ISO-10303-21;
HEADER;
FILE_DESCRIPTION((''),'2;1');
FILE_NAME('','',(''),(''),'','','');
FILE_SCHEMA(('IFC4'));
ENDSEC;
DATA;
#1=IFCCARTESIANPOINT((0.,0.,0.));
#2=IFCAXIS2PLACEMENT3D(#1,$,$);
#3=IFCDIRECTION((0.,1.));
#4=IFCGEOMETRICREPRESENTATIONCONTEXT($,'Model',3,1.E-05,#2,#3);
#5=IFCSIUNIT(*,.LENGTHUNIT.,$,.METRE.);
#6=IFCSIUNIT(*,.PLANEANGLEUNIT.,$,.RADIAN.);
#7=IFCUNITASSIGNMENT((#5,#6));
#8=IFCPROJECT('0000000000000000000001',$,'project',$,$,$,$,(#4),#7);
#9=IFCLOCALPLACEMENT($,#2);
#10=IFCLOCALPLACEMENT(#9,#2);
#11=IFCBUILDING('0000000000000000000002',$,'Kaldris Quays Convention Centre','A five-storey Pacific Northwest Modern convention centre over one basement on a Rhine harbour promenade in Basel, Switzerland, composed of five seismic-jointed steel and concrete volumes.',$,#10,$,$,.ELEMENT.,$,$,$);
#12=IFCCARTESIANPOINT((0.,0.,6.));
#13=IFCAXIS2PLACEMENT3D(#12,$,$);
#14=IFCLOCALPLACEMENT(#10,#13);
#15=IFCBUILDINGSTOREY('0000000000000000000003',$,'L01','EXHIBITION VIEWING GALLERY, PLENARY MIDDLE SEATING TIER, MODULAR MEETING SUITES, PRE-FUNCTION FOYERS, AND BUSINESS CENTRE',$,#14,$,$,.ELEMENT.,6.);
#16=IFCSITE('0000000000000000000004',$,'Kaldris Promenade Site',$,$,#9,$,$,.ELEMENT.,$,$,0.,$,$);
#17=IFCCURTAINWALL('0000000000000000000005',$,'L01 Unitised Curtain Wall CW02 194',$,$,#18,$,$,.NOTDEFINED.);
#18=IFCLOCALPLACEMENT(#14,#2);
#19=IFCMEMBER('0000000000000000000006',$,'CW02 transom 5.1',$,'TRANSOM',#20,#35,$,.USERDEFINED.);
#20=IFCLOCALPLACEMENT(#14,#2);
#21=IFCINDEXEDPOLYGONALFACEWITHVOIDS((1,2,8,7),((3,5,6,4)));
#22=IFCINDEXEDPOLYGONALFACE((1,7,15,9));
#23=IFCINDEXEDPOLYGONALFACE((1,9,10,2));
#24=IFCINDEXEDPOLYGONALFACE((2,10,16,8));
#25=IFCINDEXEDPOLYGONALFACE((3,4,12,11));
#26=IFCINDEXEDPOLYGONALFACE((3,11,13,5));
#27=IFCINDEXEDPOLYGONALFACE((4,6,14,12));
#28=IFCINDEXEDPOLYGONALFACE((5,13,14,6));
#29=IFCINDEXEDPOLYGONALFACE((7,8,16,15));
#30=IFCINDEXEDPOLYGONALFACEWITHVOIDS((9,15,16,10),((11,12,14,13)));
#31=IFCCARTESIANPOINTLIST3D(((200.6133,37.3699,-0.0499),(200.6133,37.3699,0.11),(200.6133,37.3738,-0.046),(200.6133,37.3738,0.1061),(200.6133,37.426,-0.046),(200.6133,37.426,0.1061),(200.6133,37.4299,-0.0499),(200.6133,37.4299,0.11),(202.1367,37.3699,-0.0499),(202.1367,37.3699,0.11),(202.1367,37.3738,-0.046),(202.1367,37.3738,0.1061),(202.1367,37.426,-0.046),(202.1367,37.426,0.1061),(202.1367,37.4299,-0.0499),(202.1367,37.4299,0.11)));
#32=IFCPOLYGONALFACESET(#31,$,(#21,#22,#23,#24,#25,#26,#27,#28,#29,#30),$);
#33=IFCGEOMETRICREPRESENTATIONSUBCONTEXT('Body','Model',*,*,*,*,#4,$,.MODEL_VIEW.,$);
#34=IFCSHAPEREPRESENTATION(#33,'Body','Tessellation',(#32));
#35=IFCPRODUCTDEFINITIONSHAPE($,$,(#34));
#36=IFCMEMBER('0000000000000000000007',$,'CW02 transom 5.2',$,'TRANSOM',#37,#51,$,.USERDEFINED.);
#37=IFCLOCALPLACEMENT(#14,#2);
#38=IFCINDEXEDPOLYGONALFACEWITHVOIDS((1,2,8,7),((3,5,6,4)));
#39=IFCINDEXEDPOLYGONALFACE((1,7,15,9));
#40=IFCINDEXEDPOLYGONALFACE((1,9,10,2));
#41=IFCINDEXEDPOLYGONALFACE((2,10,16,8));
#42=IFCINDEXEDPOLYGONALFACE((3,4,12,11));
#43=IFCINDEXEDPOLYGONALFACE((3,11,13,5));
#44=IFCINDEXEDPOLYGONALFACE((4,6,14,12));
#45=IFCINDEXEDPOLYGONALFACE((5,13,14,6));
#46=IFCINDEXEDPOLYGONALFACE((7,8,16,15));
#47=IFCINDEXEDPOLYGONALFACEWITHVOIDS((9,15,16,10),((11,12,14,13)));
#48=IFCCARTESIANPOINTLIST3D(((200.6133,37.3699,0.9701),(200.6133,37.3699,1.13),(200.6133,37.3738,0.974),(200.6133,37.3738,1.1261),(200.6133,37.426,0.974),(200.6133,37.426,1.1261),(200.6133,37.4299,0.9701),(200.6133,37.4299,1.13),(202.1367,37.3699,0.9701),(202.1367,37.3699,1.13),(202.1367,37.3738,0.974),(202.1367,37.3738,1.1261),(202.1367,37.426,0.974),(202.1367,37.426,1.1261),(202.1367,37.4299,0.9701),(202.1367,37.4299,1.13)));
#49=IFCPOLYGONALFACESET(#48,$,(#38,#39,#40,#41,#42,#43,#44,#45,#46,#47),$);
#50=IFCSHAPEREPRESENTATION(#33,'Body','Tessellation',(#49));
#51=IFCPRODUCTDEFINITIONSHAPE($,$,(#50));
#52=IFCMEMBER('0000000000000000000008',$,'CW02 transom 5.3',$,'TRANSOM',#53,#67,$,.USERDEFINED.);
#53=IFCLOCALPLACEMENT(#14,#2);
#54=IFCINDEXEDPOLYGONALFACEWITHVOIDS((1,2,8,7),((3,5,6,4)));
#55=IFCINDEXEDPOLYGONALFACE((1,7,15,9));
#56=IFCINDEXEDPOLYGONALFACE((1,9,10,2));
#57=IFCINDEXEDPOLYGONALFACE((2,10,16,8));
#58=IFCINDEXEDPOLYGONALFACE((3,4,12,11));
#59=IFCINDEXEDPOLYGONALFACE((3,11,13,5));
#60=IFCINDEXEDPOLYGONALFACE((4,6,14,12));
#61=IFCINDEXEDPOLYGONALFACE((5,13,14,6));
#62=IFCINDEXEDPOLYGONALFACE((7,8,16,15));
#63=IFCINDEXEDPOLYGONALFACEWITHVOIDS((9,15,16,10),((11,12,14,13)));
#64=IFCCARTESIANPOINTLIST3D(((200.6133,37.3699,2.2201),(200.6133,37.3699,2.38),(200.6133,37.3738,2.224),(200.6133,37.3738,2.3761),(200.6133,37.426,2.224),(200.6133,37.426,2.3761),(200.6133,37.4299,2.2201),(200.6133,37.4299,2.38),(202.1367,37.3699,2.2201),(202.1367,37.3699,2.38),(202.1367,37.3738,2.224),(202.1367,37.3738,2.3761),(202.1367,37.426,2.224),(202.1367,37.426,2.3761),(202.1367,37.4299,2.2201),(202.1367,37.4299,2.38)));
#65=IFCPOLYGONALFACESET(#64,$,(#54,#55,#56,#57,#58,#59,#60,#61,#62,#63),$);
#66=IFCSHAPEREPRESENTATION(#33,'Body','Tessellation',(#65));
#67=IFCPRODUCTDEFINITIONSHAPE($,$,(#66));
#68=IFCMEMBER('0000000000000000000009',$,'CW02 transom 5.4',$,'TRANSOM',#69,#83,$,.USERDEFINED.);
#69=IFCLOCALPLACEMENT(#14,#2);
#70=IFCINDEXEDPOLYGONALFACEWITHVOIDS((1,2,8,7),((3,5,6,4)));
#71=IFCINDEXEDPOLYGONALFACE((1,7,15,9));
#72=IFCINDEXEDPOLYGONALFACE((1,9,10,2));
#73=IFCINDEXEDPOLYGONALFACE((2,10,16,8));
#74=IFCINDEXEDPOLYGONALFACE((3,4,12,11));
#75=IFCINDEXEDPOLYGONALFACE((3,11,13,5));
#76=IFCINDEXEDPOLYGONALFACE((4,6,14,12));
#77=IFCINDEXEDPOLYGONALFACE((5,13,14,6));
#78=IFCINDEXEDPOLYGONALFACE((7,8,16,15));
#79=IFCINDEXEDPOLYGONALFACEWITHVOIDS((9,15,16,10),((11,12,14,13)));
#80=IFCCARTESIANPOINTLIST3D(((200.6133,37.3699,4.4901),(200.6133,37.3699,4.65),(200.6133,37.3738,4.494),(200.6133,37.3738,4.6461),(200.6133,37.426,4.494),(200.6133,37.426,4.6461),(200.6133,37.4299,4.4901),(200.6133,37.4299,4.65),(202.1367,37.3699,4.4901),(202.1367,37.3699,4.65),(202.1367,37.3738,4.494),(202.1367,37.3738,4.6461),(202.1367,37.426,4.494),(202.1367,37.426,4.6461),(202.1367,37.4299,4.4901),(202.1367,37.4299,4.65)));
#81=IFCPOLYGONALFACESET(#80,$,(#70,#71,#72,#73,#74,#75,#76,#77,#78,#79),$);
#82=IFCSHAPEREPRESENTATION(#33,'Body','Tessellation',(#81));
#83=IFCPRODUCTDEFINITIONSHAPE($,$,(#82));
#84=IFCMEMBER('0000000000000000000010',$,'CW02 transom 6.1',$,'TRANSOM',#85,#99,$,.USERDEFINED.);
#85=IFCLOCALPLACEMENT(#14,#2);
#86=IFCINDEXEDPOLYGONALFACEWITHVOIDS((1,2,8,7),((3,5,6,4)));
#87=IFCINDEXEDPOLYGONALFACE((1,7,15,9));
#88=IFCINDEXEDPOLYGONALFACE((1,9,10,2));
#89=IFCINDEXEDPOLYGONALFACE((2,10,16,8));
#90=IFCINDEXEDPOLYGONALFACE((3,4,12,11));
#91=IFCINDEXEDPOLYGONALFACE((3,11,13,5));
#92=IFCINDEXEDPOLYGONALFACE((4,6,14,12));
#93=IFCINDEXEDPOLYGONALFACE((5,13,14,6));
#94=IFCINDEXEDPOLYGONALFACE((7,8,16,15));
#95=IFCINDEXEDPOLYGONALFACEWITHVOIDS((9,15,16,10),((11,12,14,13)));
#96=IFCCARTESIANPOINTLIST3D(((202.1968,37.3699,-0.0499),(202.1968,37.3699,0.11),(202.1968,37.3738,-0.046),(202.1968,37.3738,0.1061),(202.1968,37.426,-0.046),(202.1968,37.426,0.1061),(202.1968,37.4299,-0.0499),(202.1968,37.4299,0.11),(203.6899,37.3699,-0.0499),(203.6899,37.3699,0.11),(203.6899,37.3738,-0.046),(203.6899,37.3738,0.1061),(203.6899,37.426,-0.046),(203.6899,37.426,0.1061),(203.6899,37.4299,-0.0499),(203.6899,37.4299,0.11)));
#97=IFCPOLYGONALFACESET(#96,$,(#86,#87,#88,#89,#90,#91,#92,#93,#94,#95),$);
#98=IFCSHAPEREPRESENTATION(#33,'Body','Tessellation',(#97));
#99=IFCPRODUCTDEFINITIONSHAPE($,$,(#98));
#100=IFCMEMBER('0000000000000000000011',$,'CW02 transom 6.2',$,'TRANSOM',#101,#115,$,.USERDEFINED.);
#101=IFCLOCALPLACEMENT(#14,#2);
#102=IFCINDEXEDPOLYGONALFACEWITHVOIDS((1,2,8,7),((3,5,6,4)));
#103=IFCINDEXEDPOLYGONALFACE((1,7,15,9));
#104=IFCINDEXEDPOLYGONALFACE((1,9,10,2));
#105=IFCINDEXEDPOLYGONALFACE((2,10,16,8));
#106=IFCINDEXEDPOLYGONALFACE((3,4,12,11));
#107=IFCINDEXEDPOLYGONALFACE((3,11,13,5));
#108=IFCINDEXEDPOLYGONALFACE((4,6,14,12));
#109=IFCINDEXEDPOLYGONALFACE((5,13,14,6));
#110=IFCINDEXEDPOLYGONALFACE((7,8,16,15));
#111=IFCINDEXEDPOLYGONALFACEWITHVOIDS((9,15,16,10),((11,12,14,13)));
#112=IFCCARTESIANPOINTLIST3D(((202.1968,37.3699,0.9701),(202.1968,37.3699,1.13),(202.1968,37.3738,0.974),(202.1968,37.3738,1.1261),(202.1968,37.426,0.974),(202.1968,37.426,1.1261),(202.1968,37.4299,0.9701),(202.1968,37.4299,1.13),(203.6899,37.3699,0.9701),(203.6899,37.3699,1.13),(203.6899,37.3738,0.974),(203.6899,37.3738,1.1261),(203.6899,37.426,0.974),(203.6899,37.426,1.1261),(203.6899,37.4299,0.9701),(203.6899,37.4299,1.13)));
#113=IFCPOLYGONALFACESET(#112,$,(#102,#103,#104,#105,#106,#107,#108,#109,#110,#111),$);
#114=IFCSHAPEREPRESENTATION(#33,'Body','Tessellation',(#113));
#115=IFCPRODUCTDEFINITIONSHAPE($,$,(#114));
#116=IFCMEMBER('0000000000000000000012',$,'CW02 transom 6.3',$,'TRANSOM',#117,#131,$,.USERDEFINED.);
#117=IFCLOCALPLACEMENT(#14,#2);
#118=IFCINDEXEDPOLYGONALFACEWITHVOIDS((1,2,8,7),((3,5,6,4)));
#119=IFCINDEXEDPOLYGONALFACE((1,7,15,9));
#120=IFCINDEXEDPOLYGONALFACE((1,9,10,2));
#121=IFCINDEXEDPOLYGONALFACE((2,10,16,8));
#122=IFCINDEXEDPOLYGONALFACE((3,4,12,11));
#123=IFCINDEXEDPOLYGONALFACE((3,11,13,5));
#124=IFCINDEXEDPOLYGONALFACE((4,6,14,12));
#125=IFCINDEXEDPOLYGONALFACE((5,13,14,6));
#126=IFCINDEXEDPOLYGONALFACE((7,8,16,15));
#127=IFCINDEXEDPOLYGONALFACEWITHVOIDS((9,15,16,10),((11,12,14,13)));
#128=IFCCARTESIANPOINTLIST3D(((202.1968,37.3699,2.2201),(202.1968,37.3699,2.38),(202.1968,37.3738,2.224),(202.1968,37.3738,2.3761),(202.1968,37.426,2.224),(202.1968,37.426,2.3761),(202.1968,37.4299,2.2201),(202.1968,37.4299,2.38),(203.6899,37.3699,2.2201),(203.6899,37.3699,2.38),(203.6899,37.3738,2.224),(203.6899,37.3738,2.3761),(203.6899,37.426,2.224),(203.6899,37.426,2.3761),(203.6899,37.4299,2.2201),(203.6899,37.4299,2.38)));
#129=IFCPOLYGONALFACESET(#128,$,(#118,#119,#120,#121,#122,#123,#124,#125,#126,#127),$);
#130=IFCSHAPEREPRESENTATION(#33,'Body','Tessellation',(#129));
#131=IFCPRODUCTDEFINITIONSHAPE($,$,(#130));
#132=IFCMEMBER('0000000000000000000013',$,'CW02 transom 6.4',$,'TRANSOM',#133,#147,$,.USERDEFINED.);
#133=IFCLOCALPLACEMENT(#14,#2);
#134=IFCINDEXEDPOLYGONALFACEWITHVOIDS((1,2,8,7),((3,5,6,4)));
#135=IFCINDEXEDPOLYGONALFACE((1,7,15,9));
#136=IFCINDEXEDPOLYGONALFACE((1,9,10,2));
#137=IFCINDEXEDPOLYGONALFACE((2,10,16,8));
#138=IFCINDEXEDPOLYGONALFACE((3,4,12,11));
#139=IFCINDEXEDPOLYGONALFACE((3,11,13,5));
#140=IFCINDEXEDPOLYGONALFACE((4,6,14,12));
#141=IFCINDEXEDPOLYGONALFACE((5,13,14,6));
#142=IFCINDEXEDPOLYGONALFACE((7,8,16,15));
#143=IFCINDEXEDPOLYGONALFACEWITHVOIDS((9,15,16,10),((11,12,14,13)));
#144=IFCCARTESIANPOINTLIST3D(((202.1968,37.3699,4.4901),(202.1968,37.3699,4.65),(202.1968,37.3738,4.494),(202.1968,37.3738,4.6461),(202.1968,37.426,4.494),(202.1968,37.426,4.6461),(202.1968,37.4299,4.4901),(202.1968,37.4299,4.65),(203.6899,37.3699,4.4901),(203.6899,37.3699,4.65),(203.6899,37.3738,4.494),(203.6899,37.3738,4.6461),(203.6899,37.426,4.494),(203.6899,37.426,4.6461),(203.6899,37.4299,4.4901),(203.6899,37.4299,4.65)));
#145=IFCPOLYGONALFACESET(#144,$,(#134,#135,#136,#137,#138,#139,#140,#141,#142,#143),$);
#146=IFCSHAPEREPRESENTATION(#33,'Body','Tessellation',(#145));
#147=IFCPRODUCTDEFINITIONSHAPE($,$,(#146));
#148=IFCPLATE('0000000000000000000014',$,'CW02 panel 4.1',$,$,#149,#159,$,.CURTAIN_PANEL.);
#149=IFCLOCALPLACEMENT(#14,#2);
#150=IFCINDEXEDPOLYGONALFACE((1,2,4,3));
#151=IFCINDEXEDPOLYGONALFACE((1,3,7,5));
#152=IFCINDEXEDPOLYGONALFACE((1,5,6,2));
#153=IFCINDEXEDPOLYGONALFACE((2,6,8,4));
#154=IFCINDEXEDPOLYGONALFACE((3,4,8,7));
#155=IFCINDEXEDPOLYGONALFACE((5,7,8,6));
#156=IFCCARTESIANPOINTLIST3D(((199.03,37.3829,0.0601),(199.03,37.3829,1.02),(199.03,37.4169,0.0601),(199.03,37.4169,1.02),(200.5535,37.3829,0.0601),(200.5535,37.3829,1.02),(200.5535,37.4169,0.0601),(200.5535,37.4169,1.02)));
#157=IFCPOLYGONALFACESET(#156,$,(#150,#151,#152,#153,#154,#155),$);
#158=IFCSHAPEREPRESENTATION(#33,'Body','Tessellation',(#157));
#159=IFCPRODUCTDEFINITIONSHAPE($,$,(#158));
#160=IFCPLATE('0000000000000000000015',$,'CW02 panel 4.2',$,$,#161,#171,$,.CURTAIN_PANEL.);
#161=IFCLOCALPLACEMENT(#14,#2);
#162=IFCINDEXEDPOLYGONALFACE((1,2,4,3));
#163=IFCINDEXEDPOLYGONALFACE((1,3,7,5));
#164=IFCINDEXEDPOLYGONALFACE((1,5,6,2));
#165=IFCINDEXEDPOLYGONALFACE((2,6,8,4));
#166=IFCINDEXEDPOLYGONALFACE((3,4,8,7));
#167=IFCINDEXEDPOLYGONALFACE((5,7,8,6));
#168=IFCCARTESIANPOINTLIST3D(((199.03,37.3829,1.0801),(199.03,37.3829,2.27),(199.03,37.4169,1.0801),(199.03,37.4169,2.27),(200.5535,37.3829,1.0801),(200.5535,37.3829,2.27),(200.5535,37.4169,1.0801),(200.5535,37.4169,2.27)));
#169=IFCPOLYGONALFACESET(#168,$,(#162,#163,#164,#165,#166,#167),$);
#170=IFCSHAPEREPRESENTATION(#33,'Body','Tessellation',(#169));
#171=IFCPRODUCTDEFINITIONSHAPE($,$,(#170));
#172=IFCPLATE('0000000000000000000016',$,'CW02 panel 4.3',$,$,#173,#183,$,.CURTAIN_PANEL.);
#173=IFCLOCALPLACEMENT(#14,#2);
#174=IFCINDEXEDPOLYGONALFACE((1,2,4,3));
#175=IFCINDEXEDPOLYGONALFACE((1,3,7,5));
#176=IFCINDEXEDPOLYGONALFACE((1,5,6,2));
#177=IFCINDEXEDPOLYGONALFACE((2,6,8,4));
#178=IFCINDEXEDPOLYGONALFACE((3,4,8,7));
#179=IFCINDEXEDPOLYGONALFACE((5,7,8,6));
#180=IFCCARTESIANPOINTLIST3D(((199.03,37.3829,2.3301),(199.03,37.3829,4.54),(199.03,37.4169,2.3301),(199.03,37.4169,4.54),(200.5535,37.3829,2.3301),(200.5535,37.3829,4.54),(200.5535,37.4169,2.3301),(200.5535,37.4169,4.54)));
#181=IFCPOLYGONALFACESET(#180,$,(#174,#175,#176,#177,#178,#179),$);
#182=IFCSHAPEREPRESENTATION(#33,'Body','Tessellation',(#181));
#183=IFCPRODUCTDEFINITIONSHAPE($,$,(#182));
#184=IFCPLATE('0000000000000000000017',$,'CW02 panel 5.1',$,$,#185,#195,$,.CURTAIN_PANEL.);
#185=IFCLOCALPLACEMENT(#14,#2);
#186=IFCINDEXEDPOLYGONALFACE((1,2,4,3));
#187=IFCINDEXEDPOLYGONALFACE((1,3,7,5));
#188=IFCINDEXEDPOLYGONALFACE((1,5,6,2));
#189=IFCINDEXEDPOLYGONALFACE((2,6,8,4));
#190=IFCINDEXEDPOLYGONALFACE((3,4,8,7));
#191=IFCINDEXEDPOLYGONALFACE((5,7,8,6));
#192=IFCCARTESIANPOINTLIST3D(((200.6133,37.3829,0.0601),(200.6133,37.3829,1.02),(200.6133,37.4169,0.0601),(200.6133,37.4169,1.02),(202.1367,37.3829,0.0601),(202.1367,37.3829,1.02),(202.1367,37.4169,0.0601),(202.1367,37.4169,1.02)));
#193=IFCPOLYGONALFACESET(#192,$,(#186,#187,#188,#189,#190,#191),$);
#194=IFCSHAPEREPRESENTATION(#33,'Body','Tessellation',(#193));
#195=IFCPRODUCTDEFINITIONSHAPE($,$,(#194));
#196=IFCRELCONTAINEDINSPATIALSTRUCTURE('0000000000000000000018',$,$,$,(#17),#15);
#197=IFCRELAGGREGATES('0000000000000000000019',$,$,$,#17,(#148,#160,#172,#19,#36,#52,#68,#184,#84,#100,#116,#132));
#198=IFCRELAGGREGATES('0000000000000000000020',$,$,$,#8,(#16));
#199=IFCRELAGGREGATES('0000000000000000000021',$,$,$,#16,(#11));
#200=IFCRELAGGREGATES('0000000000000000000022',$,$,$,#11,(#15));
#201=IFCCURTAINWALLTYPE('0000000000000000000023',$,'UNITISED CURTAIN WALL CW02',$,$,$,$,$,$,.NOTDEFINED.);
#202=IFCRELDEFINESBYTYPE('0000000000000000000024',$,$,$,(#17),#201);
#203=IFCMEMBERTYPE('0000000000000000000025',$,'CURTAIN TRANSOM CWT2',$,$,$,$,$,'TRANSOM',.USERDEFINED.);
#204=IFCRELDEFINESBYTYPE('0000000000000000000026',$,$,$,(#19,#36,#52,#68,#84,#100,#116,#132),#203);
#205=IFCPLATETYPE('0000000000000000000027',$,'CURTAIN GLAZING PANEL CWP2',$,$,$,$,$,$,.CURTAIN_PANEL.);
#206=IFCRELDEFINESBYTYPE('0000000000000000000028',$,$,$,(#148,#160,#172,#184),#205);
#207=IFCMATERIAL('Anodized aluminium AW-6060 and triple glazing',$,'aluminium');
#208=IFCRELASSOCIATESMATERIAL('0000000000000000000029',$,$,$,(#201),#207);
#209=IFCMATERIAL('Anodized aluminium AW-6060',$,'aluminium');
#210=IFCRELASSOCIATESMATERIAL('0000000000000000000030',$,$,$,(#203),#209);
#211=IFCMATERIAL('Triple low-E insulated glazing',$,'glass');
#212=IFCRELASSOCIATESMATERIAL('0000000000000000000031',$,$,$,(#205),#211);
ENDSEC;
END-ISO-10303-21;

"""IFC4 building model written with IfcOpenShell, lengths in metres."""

from ifc_helpers import new_model, si_unit, direction, frame, origin, origin_2d, place, context, subcontext, project, spatial, rectangle, hollow_rectangle, extrude, material, material_profile, profile_set, type_object, element, aggregate, save


model = new_model("IFC4")

# Units and contexts
model_context = context("Model", 3, precision=1e-05, world=origin(), true_north=direction((0.0, 1.0)))
body_context = subcontext(model_context, "Body", "Model", "MODEL_VIEW")
ifc_project = project(units=[si_unit("LENGTHUNIT", "METRE"), si_unit("PLANEANGLEUNIT", "RADIAN")], contexts=[model_context])

# Site, building, storey
site_placement = place(None, origin())
site = spatial("IfcSite", under=ifc_project, at=site_placement, Name="Kaldris Promenade Site", CompositionType="ELEMENT", RefElevation=0.0)
building_placement = place(site_placement, origin())
building = spatial("IfcBuilding", under=site, at=building_placement, Name="Kaldris Quays Convention Centre", Description="A five-storey Pacific Northwest Modern convention centre over one basement on a Rhine harbour promenade in Basel, Switzerland, composed of five seismic-jointed steel and concrete volumes.", CompositionType="ELEMENT")
storey_placement = place(building_placement, frame((0.0, 0.0, 6.0)))
storey = spatial("IfcBuildingStorey", under=building, at=storey_placement, Name="L01", Description="EXHIBITION VIEWING GALLERY, PLENARY MIDDLE SEATING TIER, MODULAR MEETING SUITES, PRE-FUNCTION FOYERS, AND BUSINESS CENTRE", CompositionType="ELEMENT", Elevation=6.0)

# Curtain wall, members, plates
ifc_material_1 = material(Name="Anodized aluminium AW-6060 and triple glazing", Category="aluminium")
curtain_wall_type = type_object("IfcCurtainWallType", Name="UNITISED CURTAIN WALL CW02", PredefinedType="NOTDEFINED", material=ifc_material_1)
curtain_wall_placement = place(storey_placement, origin())
curtain_wall = element("IfcCurtainWall", 1, at=curtain_wall_placement, inside=storey, type_object=curtain_wall_type, Name="L01 Unitised Curtain Wall CW02 194", PredefinedType="NOTDEFINED")
ifc_material_2 = material(Name="Anodized aluminium AW-6060", Category="aluminium")
ifc_material_profile_1 = material_profile(ifc_material_2, hollow_rectangle(XDim=0.0601, YDim=0.1599, WallThickness=0.0039, at=origin_2d()), Name="RHS 160x60x4")
ifc_profile_set_1 = profile_set([ifc_material_profile_1], Name="Anodized aluminium AW-6060")
member_type_1 = type_object("IfcMemberType", Name="CURTAIN TRANSOM CWT2", ElementType="TRANSOM", PredefinedType="USERDEFINED", material=ifc_profile_set_1)
member_1_placement = place(storey_placement, frame((200.6133, 37.3999, 0.03), z_axis=(1.0, 0.0, 0.0), x_axis=(0.0, 1.0, 0.0)))
member_1 = element("IfcMember", 2, at=member_1_placement, type_object=member_type_1, Name="CW02 transom 5.1", ObjectType="TRANSOM", PredefinedType="USERDEFINED", context=body_context, shape_type="SweptSolid", body=[
    extrude(hollow_rectangle(XDim=0.0601, YDim=0.1599, WallThickness=0.0039, at=origin_2d()), origin(), (0.0, 0.0, 1.0), 1.5234),
])
member_2_placement = place(storey_placement, frame((200.6133, 37.3999, 1.05), z_axis=(1.0, 0.0, 0.0), x_axis=(0.0, 1.0, 0.0)))
member_2 = element("IfcMember", 3, at=member_2_placement, type_object=member_type_1, Name="CW02 transom 5.2", ObjectType="TRANSOM", PredefinedType="USERDEFINED", context=body_context, shape_type="SweptSolid", body=[
    extrude(hollow_rectangle(XDim=0.0601, YDim=0.1599, WallThickness=0.0039, at=origin_2d()), origin(), (0.0, 0.0, 1.0), 1.5234),
])
member_3_placement = place(storey_placement, frame((200.6133, 37.3999, 2.3), z_axis=(1.0, 0.0, 0.0), x_axis=(0.0, 1.0, 0.0)))
member_3 = element("IfcMember", 4, at=member_3_placement, type_object=member_type_1, Name="CW02 transom 5.3", ObjectType="TRANSOM", PredefinedType="USERDEFINED", context=body_context, shape_type="SweptSolid", body=[
    extrude(hollow_rectangle(XDim=0.0601, YDim=0.1599, WallThickness=0.0039, at=origin_2d()), origin(), (0.0, 0.0, 1.0), 1.5234),
])
member_4_placement = place(storey_placement, frame((200.6133, 37.3999, 4.5701), z_axis=(1.0, 0.0, 0.0), x_axis=(0.0, 1.0, 0.0)))
member_4 = element("IfcMember", 5, at=member_4_placement, type_object=member_type_1, Name="CW02 transom 5.4", ObjectType="TRANSOM", PredefinedType="USERDEFINED", context=body_context, shape_type="SweptSolid", body=[
    extrude(hollow_rectangle(XDim=0.0601, YDim=0.1599, WallThickness=0.0039, at=origin_2d()), origin(), (0.0, 0.0, 1.0), 1.5234),
])
member_5_placement = place(storey_placement, frame((202.1968, 37.3999, 0.03), z_axis=(1.0, 0.0, 0.0), x_axis=(0.0, 1.0, 0.0)))
member_5 = element("IfcMember", 6, at=member_5_placement, type_object=member_type_1, Name="CW02 transom 6.1", ObjectType="TRANSOM", PredefinedType="USERDEFINED", context=body_context, shape_type="SweptSolid", body=[
    extrude(hollow_rectangle(XDim=0.0601, YDim=0.1599, WallThickness=0.0039, at=origin_2d()), origin(), (0.0, 0.0, 1.0), 1.4932),
])
member_6_placement = place(storey_placement, frame((202.1968, 37.3999, 1.05), z_axis=(1.0, 0.0, 0.0), x_axis=(0.0, 1.0, 0.0)))
member_6 = element("IfcMember", 7, at=member_6_placement, type_object=member_type_1, Name="CW02 transom 6.2", ObjectType="TRANSOM", PredefinedType="USERDEFINED", context=body_context, shape_type="SweptSolid", body=[
    extrude(hollow_rectangle(XDim=0.0601, YDim=0.1599, WallThickness=0.0039, at=origin_2d()), origin(), (0.0, 0.0, 1.0), 1.4932),
])
member_7_placement = place(storey_placement, frame((202.1968, 37.3999, 2.3), z_axis=(1.0, 0.0, 0.0), x_axis=(0.0, 1.0, 0.0)))
member_7 = element("IfcMember", 8, at=member_7_placement, type_object=member_type_1, Name="CW02 transom 6.3", ObjectType="TRANSOM", PredefinedType="USERDEFINED", context=body_context, shape_type="SweptSolid", body=[
    extrude(hollow_rectangle(XDim=0.0601, YDim=0.1599, WallThickness=0.0039, at=origin_2d()), origin(), (0.0, 0.0, 1.0), 1.4932),
])
member_8_placement = place(storey_placement, frame((202.1968, 37.3999, 4.5701), z_axis=(1.0, 0.0, 0.0), x_axis=(0.0, 1.0, 0.0)))
member_8 = element("IfcMember", 9, at=member_8_placement, type_object=member_type_1, Name="CW02 transom 6.4", ObjectType="TRANSOM", PredefinedType="USERDEFINED", context=body_context, shape_type="SweptSolid", body=[
    extrude(hollow_rectangle(XDim=0.0601, YDim=0.1599, WallThickness=0.0039, at=origin_2d()), origin(), (0.0, 0.0, 1.0), 1.4932),
])
ifc_material_3 = material(Name="Triple low-E insulated glazing", Category="glass")
plate_type = type_object("IfcPlateType", Name="CURTAIN GLAZING PANEL CWP2", PredefinedType="CURTAIN_PANEL", material=ifc_material_3)
plate_1_placement = place(storey_placement, frame((199.7917, 37.3999, 0.0601), z_axis=(0.0, 0.0, 1.0), x_axis=(1.0, 0.0, 0.0)))
plate_1 = element("IfcPlate", 10, at=plate_1_placement, type_object=plate_type, Name="CW02 panel 4.1", PredefinedType="CURTAIN_PANEL", context=body_context, shape_type="SweptSolid", body=[
    extrude(rectangle(XDim=1.5234, YDim=0.0339, at=origin_2d()), origin(), (0.0, 0.0, 1.0), 0.96),
])
plate_2_placement = place(storey_placement, frame((199.7917, 37.3999, 1.0801), z_axis=(0.0, 0.0, 1.0), x_axis=(1.0, 0.0, 0.0)))
plate_2 = element("IfcPlate", 11, at=plate_2_placement, type_object=plate_type, Name="CW02 panel 4.2", PredefinedType="CURTAIN_PANEL", context=body_context, shape_type="SweptSolid", body=[
    extrude(rectangle(XDim=1.5234, YDim=0.0339, at=origin_2d()), origin(), (0.0, 0.0, 1.0), 1.1899),
])
plate_3_placement = place(storey_placement, frame((199.7917, 37.3999, 2.3301), z_axis=(0.0, 0.0, 1.0), x_axis=(1.0, 0.0, 0.0)))
plate_3 = element("IfcPlate", 12, at=plate_3_placement, type_object=plate_type, Name="CW02 panel 4.3", PredefinedType="CURTAIN_PANEL", context=body_context, shape_type="SweptSolid", body=[
    extrude(rectangle(XDim=1.5234, YDim=0.0339, at=origin_2d()), origin(), (0.0, 0.0, 1.0), 2.21),
])
plate_4_placement = place(storey_placement, frame((201.375, 37.3999, 0.0601), z_axis=(0.0, 0.0, 1.0), x_axis=(1.0, 0.0, 0.0)))
plate_4 = element("IfcPlate", 13, at=plate_4_placement, type_object=plate_type, Name="CW02 panel 5.1", PredefinedType="CURTAIN_PANEL", context=body_context, shape_type="SweptSolid", body=[
    extrude(rectangle(XDim=1.5234, YDim=0.0339, at=origin_2d()), origin(), (0.0, 0.0, 1.0), 0.96),
])
aggregate(curtain_wall, [plate_1, plate_2, plate_3, member_1, member_2, member_3, member_4, plate_4, member_5, member_6, member_7, member_8])

save(model, "model.ifc")
